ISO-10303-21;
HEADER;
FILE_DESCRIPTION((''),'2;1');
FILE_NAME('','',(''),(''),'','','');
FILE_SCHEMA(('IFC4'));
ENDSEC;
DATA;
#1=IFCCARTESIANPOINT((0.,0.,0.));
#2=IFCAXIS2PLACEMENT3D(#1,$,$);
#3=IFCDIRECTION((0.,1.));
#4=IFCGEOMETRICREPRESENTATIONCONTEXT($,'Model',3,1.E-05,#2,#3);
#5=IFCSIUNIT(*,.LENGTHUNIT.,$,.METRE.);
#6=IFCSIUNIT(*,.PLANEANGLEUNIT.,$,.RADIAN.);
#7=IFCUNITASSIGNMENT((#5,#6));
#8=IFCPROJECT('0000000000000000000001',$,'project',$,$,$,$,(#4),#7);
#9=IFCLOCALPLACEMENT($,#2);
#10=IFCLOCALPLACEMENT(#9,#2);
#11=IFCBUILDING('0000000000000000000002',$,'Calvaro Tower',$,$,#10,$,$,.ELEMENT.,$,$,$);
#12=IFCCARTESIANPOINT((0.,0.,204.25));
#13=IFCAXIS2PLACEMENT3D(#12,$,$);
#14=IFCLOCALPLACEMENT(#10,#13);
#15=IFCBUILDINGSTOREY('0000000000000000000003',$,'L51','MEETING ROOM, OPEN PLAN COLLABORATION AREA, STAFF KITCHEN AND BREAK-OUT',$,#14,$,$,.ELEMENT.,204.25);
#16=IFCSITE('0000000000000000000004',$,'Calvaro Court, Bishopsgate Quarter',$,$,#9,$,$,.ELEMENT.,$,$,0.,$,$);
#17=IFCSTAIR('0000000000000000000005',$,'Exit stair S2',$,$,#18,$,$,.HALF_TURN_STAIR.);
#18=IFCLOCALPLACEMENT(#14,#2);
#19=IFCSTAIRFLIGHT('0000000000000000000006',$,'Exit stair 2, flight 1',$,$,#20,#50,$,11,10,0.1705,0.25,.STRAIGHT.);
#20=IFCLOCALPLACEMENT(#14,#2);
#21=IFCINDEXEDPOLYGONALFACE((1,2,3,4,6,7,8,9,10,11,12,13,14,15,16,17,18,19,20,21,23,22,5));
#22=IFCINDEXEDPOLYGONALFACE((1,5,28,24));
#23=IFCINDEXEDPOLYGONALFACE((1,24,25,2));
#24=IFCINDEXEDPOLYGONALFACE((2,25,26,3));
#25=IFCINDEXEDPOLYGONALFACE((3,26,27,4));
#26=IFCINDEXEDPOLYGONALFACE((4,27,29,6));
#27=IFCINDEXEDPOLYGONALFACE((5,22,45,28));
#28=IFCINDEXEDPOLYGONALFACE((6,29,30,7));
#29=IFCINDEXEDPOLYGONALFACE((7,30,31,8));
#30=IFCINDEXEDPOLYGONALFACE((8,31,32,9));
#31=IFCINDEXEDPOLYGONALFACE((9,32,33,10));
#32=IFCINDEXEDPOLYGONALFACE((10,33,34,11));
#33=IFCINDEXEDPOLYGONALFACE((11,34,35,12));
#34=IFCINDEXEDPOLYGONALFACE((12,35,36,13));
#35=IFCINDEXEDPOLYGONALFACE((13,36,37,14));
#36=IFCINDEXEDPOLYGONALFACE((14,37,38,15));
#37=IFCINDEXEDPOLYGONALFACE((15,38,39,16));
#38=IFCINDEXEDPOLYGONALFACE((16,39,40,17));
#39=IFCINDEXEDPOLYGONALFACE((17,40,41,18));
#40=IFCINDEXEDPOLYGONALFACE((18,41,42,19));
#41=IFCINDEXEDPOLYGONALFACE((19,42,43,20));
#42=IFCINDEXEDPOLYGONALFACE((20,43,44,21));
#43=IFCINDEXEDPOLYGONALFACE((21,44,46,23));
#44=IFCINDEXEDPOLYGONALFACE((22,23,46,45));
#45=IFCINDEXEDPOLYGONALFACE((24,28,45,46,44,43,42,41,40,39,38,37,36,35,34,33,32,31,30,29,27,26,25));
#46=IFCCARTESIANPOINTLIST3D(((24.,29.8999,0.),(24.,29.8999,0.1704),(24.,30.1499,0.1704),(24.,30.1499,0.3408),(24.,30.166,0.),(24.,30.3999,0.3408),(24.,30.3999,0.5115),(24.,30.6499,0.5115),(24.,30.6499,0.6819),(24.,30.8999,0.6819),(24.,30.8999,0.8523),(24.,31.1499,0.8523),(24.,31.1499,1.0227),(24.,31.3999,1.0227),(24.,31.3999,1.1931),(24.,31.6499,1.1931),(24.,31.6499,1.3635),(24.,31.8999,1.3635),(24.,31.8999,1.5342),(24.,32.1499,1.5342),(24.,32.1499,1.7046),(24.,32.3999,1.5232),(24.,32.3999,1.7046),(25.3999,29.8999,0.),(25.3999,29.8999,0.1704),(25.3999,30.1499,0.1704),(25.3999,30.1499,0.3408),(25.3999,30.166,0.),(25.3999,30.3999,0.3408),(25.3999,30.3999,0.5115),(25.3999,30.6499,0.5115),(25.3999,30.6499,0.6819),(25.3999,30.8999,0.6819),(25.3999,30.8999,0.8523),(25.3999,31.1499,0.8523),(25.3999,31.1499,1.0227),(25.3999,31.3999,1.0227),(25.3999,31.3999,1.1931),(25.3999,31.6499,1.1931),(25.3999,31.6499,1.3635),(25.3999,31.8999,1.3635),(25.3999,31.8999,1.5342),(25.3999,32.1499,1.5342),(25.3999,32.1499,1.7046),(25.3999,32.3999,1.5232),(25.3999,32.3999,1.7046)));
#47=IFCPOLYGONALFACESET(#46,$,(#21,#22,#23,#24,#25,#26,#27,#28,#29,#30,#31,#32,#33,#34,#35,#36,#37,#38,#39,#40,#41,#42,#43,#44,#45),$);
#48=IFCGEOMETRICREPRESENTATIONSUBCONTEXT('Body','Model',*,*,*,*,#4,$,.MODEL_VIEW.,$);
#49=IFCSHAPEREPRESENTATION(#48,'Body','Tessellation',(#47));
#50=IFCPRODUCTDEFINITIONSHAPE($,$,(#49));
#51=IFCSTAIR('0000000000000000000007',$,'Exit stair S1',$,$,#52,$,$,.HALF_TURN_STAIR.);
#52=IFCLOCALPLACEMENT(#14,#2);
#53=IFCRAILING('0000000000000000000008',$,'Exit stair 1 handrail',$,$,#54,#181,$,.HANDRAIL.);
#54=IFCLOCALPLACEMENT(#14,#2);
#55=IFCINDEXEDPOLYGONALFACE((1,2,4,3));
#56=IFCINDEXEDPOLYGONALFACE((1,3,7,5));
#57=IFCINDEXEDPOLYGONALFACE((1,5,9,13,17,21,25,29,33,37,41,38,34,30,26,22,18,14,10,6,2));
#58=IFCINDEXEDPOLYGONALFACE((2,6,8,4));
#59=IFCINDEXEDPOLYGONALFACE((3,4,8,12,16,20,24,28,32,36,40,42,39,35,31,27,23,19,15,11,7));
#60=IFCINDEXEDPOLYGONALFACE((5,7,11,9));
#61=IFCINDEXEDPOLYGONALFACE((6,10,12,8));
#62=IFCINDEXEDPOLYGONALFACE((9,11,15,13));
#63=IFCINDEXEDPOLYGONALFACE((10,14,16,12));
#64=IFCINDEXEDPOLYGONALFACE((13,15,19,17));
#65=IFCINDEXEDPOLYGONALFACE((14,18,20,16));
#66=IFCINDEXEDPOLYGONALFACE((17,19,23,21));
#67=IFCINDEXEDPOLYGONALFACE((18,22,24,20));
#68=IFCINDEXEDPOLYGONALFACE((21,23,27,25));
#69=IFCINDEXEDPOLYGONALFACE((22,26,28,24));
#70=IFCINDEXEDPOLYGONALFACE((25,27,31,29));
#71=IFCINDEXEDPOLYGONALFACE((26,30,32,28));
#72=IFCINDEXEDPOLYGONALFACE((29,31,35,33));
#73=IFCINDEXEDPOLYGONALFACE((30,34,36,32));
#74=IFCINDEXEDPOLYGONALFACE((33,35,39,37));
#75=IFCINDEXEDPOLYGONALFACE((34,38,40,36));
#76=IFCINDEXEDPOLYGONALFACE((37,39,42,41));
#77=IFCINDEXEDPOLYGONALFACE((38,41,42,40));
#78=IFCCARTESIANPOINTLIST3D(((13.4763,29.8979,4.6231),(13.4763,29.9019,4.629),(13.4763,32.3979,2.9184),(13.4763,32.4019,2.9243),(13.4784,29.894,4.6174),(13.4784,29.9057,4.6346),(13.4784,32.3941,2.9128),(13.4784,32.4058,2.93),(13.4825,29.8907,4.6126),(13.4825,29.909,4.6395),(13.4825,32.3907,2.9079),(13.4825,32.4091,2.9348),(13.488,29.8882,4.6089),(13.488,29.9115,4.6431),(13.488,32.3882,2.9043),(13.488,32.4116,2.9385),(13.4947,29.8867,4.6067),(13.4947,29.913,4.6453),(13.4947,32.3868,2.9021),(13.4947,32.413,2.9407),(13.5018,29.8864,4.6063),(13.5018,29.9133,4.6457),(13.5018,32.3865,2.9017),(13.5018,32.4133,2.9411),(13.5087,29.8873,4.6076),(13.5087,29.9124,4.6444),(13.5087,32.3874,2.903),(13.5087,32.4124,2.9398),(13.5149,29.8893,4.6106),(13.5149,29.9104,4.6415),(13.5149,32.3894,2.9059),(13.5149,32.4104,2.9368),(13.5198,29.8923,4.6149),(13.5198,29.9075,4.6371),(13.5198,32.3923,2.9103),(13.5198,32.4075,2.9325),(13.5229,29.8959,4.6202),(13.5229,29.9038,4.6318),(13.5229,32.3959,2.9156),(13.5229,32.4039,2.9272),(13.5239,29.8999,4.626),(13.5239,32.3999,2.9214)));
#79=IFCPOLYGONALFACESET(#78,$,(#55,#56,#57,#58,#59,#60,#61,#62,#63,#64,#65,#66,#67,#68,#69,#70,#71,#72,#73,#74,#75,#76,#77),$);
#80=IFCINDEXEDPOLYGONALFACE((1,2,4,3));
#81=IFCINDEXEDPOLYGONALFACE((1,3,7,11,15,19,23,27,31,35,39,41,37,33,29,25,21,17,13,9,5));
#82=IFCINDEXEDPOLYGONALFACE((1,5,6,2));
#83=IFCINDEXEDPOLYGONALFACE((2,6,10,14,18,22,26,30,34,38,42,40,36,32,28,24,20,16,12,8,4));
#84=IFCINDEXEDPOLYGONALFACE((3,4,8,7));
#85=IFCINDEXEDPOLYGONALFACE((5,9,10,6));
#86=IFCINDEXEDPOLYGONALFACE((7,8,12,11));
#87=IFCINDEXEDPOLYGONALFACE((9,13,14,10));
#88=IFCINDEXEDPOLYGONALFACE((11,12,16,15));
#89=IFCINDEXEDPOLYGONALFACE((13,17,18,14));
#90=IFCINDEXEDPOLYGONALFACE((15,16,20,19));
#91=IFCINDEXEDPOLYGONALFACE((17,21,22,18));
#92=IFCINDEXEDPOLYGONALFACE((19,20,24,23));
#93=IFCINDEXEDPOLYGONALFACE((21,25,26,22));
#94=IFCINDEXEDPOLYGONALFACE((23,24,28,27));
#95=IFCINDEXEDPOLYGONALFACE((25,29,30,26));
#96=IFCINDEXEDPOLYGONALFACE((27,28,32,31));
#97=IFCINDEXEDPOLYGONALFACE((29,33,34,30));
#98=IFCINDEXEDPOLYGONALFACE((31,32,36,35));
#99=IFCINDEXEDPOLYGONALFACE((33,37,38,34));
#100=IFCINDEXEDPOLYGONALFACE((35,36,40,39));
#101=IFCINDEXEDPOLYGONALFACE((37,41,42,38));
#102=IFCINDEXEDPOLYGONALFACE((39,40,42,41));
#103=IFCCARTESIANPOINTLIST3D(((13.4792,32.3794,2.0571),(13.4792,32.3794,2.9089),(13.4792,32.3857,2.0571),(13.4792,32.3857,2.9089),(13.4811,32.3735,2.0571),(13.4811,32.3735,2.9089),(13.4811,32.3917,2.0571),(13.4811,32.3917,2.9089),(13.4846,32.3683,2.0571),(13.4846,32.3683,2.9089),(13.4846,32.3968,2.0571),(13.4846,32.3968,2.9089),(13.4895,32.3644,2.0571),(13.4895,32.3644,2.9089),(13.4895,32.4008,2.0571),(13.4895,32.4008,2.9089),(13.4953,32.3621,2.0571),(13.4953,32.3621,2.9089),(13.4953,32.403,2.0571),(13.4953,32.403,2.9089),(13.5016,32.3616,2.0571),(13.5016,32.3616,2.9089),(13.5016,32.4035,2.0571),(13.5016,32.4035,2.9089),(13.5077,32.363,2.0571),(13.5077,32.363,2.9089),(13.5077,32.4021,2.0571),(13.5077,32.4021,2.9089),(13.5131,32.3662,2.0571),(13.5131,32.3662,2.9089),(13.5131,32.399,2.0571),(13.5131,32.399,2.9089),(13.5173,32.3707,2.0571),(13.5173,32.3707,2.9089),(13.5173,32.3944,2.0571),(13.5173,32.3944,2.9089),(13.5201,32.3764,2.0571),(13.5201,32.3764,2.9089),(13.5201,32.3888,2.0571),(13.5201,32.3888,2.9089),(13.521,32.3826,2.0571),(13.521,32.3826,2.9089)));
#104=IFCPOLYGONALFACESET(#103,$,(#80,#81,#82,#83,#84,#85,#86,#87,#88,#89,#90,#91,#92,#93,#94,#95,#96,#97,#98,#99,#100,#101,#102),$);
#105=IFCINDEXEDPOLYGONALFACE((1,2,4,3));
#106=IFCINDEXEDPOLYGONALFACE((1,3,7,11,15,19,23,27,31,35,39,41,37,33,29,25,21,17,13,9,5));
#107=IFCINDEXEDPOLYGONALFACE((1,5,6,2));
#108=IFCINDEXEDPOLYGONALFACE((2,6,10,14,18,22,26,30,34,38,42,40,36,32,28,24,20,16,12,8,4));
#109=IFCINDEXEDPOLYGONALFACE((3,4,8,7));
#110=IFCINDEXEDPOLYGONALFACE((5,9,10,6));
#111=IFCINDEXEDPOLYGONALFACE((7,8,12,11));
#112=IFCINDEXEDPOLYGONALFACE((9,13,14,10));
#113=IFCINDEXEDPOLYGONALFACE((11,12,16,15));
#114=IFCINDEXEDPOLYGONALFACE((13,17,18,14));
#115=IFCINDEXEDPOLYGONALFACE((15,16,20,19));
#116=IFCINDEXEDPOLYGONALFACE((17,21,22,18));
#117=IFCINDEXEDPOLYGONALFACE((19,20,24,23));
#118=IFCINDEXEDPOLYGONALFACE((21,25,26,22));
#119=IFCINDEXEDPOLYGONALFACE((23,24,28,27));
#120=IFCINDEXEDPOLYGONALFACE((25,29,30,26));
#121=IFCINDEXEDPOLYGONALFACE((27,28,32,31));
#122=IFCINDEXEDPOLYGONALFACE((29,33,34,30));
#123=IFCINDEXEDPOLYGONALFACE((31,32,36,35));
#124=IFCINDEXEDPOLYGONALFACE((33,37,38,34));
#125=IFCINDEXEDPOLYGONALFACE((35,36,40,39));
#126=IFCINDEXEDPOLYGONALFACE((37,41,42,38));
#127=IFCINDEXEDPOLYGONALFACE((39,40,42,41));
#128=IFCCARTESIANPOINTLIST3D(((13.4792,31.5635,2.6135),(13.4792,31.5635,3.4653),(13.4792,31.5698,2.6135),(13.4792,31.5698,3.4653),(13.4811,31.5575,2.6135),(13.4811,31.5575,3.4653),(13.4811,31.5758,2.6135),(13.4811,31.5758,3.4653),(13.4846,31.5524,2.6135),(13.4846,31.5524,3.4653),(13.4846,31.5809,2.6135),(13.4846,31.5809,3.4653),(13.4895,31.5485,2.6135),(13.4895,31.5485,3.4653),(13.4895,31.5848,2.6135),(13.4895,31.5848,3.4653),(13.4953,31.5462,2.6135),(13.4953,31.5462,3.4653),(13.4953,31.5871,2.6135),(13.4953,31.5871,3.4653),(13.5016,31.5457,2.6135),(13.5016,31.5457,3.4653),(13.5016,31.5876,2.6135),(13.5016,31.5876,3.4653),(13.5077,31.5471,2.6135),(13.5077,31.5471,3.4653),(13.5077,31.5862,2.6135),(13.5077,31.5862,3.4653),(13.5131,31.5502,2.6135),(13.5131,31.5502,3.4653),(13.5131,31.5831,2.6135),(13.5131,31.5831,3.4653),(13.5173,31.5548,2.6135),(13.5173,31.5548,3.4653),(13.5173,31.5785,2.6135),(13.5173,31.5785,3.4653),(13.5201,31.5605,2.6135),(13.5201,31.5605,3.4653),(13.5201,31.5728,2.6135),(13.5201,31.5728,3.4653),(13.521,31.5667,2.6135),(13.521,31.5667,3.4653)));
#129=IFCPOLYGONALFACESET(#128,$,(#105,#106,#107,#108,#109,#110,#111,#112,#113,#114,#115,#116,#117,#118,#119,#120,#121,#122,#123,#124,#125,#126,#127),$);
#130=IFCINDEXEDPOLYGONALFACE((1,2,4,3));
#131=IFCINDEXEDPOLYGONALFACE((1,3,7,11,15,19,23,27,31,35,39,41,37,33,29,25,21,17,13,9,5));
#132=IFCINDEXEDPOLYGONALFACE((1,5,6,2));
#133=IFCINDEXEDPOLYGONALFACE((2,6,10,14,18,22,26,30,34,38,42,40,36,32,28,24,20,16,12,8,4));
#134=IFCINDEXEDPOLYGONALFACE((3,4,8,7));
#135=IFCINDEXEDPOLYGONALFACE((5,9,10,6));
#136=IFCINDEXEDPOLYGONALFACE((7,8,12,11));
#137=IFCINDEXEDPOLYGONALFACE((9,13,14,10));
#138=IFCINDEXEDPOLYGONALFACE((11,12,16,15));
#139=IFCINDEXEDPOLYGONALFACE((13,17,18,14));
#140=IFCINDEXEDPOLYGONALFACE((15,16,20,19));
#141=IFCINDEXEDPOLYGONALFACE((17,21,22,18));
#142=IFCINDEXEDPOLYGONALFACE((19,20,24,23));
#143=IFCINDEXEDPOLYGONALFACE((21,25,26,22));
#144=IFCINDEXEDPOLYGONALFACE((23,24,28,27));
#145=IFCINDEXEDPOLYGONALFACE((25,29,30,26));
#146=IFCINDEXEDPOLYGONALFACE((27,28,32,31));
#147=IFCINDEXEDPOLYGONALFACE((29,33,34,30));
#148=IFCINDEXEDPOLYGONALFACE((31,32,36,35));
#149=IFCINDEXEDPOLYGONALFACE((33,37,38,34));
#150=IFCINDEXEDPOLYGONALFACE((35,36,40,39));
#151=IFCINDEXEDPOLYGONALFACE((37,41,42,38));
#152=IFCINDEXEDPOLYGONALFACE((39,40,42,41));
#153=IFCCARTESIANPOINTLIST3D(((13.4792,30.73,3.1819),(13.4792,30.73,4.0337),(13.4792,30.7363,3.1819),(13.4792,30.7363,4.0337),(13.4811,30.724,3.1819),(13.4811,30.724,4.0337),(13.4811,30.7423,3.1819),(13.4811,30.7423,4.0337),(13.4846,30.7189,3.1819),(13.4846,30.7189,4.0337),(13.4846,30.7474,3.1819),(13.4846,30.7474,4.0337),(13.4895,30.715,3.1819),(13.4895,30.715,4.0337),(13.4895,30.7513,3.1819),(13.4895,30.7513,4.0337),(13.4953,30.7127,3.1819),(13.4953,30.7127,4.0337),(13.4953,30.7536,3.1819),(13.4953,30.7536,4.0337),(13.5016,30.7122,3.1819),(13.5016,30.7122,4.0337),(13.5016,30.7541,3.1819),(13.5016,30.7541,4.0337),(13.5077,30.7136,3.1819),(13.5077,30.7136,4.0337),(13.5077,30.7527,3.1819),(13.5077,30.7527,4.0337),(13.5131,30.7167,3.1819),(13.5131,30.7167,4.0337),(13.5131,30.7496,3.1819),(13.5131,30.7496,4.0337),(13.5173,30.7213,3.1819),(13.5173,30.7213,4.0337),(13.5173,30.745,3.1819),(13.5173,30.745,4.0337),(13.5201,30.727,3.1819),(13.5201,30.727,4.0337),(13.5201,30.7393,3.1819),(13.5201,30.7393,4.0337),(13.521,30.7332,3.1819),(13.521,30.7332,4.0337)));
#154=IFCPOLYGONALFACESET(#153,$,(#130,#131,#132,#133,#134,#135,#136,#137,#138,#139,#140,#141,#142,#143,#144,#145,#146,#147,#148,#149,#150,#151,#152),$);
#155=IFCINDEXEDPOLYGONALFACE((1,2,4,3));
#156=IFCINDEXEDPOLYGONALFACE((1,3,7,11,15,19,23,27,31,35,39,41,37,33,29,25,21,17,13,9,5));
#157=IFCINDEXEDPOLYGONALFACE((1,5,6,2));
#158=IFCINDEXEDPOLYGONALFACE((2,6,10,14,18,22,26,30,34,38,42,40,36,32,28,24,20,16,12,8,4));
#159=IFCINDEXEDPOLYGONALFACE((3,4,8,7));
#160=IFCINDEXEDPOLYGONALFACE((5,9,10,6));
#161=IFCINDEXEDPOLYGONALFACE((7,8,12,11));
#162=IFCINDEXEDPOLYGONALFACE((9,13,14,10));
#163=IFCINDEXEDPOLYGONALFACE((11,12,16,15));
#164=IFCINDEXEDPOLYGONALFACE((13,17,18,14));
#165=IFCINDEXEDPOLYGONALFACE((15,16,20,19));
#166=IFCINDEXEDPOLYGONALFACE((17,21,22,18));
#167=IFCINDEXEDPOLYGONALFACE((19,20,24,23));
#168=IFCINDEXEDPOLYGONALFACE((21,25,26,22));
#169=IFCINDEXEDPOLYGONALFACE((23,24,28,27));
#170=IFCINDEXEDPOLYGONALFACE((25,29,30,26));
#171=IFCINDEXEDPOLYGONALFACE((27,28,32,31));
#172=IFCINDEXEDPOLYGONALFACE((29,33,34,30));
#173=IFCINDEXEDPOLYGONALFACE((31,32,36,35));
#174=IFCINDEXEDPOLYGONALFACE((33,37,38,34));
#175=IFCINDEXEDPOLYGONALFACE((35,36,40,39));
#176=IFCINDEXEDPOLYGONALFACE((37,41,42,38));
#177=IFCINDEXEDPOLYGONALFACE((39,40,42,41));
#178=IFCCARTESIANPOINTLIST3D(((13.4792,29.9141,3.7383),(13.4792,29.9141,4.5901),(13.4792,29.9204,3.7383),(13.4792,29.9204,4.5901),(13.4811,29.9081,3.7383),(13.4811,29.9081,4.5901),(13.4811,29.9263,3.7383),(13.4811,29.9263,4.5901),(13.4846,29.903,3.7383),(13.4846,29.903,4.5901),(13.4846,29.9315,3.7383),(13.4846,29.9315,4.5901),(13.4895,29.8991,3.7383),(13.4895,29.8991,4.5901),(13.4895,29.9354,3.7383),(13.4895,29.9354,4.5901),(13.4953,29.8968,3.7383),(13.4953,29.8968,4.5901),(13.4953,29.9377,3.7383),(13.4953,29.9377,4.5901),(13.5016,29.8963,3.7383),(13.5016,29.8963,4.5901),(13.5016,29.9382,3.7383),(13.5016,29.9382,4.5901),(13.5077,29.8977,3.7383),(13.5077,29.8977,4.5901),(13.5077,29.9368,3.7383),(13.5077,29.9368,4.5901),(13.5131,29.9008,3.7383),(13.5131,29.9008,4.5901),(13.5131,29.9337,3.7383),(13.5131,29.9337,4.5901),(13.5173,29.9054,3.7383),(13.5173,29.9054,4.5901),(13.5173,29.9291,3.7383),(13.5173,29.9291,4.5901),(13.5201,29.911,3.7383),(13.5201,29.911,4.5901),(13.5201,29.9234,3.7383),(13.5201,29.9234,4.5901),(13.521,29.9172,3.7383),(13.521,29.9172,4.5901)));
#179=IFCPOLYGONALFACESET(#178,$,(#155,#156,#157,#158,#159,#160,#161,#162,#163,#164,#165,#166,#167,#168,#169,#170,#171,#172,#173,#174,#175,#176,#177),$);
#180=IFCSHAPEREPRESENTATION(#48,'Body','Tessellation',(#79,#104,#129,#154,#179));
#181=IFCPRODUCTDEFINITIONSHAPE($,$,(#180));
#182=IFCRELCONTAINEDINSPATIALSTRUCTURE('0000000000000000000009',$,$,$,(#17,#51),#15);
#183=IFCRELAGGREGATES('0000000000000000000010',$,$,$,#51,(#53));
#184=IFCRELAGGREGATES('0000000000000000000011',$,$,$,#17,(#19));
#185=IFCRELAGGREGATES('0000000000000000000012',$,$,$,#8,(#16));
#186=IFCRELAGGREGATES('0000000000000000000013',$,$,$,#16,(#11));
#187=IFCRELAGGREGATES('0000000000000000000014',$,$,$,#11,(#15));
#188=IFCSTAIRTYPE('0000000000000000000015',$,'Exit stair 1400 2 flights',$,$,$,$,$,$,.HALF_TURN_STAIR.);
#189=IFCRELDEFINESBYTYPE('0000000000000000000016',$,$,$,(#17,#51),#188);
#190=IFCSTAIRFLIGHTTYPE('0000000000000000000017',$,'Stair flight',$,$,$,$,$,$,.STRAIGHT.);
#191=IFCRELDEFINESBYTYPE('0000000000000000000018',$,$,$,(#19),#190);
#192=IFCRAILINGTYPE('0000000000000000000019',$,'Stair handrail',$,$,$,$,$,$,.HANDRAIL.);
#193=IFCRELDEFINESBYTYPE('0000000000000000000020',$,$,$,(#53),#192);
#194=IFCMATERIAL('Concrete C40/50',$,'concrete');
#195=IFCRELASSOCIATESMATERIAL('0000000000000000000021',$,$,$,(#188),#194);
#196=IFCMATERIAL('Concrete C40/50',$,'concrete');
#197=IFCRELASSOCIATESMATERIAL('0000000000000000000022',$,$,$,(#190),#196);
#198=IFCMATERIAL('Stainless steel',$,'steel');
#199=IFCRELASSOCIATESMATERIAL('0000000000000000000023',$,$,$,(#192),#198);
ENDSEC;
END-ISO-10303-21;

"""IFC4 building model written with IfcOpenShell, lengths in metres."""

from ifc_helpers import new_model, si_unit, direction, frame, origin, origin_2d, place, context, subcontext, project, spatial, polyline, circle, outline, extrude, material, type_object, element, aggregate, save


model = new_model("IFC4")

# Units and contexts
model_context = context("Model", 3, precision=1e-05, world=origin(), true_north=direction((0.0, 1.0)))
body_context = subcontext(model_context, "Body", "Model", "MODEL_VIEW")
ifc_project = project(units=[si_unit("LENGTHUNIT", "METRE"), si_unit("PLANEANGLEUNIT", "RADIAN")], contexts=[model_context])

# Site, building, storey
site_placement = place(None, origin())
site = spatial("IfcSite", under=ifc_project, at=site_placement, Name="Calvaro Court, Bishopsgate Quarter", CompositionType="ELEMENT", RefElevation=0.0)
building_placement = place(site_placement, origin())
building = spatial("IfcBuilding", under=site, at=building_placement, Name="Calvaro Tower", CompositionType="ELEMENT")
storey_placement = place(building_placement, frame((0.0, 0.0, 204.25)))
storey = spatial("IfcBuildingStorey", under=building, at=storey_placement, Name="L51", Description="MEETING ROOM, OPEN PLAN COLLABORATION AREA, STAFF KITCHEN AND BREAK-OUT", CompositionType="ELEMENT", Elevation=204.25)

# Stair, stair flight
ifc_material_1 = material(Name="Concrete C40/50", Category="concrete")
stair_type = type_object("IfcStairType", Name="Exit stair 1400 2 flights", PredefinedType="HALF_TURN_STAIR", material=ifc_material_1)
stair_1_placement = place(storey_placement, origin())
stair_1 = element("IfcStair", 1, at=stair_1_placement, inside=storey, type_object=stair_type, Name="Exit stair S2", PredefinedType="HALF_TURN_STAIR")
ifc_material_2 = material(Name="Concrete C40/50", Category="concrete")
stair_flight_type = type_object("IfcStairFlightType", Name="Stair flight", PredefinedType="STRAIGHT", material=ifc_material_2)
stair_flight_placement = place(storey_placement, frame((24.7, 29.8999, 0.0), z_axis=(0.0, 0.0, 1.0), x_axis=(0.0, 1.0, 0.0)))
stair_flight = element("IfcStairFlight", 2, at=stair_flight_placement, type_object=stair_flight_type, Name="Exit stair 2, flight 1", NumberOfRisers=11, NumberOfTreads=10, PredefinedType="STRAIGHT", RiserHeight=0.1705, TreadLength=0.25, context=body_context, shape_type="SweptSolid", body=[
    extrude(outline(polyline([(0.0, 0.0), (0.0, 0.1704), (0.25, 0.1704), (0.25, 0.3408), (0.5, 0.3408), (0.5, 0.5115), (0.75, 0.5115), (0.75, 0.6819), (1.0, 0.6819), (1.0, 0.8523), (1.25, 0.8523), (1.25, 1.0227), (1.5, 1.0227), (1.5, 1.1931), (1.75, 1.1931), (1.75, 1.3635), (2.0, 1.3635), (2.0, 1.5342), (2.25, 1.5342), (2.25, 1.7046), (2.5, 1.7046), (2.5, 1.875), (2.5, 1.5232), (0.2661, 0.0), (0.0, 0.0)])), frame((0.0, 0.7, 0.0), z_axis=(0.0, -1.0, 0.0), x_axis=(1.0, 0.0, 0.0)), (0.0, 0.0, 1.0), 1.3999),
])

# Stair, railing
stair_2_placement = place(storey_placement, origin())
stair_2 = element("IfcStair", 3, at=stair_2_placement, inside=storey, type_object=stair_type, Name="Exit stair S1", PredefinedType="HALF_TURN_STAIR")
ifc_material_3 = material(Name="Stainless steel", Category="steel")
railing_type = type_object("IfcRailingType", Name="Stair handrail", PredefinedType="HANDRAIL", material=ifc_material_3)
railing_1_placement = place(storey_placement, frame((13.5, 32.3999, 2.0454)))
railing_1 = element("IfcRailing", 4, at=railing_1_placement, type_object=railing_type, Name="Exit stair 1 handrail", PredefinedType="HANDRAIL", context=body_context, shape_type="SweptSolid", body=[
    extrude(circle(Radius=0.0239, at=origin_2d()), frame((0.0, 0.0, 0.876), z_axis=(0.0, -0.826221, 0.563347), x_axis=(1.0, 0.0, 0.0)), (0.0, 0.0, 1.0), 3.0259),
    extrude(circle(Radius=0.021, at=origin_2d()), frame((0.0, -0.0173, 0.0117)), (0.0, 0.0, 1.0), 0.8518),
    extrude(circle(Radius=0.021, at=origin_2d()), frame((0.0, -0.8333, 0.5681)), (0.0, 0.0, 1.0), 0.8518),
    extrude(circle(Radius=0.021, at=origin_2d()), frame((0.0, -1.6667, 1.1365)), (0.0, 0.0, 1.0), 0.8518),
    extrude(circle(Radius=0.021, at=origin_2d()), frame((0.0, -2.4827, 1.6929)), (0.0, 0.0, 1.0), 0.8518),
])
aggregate(stair_2, [railing_1])

aggregate(stair_1, [stair_flight])

save(model, "model.ifc")
